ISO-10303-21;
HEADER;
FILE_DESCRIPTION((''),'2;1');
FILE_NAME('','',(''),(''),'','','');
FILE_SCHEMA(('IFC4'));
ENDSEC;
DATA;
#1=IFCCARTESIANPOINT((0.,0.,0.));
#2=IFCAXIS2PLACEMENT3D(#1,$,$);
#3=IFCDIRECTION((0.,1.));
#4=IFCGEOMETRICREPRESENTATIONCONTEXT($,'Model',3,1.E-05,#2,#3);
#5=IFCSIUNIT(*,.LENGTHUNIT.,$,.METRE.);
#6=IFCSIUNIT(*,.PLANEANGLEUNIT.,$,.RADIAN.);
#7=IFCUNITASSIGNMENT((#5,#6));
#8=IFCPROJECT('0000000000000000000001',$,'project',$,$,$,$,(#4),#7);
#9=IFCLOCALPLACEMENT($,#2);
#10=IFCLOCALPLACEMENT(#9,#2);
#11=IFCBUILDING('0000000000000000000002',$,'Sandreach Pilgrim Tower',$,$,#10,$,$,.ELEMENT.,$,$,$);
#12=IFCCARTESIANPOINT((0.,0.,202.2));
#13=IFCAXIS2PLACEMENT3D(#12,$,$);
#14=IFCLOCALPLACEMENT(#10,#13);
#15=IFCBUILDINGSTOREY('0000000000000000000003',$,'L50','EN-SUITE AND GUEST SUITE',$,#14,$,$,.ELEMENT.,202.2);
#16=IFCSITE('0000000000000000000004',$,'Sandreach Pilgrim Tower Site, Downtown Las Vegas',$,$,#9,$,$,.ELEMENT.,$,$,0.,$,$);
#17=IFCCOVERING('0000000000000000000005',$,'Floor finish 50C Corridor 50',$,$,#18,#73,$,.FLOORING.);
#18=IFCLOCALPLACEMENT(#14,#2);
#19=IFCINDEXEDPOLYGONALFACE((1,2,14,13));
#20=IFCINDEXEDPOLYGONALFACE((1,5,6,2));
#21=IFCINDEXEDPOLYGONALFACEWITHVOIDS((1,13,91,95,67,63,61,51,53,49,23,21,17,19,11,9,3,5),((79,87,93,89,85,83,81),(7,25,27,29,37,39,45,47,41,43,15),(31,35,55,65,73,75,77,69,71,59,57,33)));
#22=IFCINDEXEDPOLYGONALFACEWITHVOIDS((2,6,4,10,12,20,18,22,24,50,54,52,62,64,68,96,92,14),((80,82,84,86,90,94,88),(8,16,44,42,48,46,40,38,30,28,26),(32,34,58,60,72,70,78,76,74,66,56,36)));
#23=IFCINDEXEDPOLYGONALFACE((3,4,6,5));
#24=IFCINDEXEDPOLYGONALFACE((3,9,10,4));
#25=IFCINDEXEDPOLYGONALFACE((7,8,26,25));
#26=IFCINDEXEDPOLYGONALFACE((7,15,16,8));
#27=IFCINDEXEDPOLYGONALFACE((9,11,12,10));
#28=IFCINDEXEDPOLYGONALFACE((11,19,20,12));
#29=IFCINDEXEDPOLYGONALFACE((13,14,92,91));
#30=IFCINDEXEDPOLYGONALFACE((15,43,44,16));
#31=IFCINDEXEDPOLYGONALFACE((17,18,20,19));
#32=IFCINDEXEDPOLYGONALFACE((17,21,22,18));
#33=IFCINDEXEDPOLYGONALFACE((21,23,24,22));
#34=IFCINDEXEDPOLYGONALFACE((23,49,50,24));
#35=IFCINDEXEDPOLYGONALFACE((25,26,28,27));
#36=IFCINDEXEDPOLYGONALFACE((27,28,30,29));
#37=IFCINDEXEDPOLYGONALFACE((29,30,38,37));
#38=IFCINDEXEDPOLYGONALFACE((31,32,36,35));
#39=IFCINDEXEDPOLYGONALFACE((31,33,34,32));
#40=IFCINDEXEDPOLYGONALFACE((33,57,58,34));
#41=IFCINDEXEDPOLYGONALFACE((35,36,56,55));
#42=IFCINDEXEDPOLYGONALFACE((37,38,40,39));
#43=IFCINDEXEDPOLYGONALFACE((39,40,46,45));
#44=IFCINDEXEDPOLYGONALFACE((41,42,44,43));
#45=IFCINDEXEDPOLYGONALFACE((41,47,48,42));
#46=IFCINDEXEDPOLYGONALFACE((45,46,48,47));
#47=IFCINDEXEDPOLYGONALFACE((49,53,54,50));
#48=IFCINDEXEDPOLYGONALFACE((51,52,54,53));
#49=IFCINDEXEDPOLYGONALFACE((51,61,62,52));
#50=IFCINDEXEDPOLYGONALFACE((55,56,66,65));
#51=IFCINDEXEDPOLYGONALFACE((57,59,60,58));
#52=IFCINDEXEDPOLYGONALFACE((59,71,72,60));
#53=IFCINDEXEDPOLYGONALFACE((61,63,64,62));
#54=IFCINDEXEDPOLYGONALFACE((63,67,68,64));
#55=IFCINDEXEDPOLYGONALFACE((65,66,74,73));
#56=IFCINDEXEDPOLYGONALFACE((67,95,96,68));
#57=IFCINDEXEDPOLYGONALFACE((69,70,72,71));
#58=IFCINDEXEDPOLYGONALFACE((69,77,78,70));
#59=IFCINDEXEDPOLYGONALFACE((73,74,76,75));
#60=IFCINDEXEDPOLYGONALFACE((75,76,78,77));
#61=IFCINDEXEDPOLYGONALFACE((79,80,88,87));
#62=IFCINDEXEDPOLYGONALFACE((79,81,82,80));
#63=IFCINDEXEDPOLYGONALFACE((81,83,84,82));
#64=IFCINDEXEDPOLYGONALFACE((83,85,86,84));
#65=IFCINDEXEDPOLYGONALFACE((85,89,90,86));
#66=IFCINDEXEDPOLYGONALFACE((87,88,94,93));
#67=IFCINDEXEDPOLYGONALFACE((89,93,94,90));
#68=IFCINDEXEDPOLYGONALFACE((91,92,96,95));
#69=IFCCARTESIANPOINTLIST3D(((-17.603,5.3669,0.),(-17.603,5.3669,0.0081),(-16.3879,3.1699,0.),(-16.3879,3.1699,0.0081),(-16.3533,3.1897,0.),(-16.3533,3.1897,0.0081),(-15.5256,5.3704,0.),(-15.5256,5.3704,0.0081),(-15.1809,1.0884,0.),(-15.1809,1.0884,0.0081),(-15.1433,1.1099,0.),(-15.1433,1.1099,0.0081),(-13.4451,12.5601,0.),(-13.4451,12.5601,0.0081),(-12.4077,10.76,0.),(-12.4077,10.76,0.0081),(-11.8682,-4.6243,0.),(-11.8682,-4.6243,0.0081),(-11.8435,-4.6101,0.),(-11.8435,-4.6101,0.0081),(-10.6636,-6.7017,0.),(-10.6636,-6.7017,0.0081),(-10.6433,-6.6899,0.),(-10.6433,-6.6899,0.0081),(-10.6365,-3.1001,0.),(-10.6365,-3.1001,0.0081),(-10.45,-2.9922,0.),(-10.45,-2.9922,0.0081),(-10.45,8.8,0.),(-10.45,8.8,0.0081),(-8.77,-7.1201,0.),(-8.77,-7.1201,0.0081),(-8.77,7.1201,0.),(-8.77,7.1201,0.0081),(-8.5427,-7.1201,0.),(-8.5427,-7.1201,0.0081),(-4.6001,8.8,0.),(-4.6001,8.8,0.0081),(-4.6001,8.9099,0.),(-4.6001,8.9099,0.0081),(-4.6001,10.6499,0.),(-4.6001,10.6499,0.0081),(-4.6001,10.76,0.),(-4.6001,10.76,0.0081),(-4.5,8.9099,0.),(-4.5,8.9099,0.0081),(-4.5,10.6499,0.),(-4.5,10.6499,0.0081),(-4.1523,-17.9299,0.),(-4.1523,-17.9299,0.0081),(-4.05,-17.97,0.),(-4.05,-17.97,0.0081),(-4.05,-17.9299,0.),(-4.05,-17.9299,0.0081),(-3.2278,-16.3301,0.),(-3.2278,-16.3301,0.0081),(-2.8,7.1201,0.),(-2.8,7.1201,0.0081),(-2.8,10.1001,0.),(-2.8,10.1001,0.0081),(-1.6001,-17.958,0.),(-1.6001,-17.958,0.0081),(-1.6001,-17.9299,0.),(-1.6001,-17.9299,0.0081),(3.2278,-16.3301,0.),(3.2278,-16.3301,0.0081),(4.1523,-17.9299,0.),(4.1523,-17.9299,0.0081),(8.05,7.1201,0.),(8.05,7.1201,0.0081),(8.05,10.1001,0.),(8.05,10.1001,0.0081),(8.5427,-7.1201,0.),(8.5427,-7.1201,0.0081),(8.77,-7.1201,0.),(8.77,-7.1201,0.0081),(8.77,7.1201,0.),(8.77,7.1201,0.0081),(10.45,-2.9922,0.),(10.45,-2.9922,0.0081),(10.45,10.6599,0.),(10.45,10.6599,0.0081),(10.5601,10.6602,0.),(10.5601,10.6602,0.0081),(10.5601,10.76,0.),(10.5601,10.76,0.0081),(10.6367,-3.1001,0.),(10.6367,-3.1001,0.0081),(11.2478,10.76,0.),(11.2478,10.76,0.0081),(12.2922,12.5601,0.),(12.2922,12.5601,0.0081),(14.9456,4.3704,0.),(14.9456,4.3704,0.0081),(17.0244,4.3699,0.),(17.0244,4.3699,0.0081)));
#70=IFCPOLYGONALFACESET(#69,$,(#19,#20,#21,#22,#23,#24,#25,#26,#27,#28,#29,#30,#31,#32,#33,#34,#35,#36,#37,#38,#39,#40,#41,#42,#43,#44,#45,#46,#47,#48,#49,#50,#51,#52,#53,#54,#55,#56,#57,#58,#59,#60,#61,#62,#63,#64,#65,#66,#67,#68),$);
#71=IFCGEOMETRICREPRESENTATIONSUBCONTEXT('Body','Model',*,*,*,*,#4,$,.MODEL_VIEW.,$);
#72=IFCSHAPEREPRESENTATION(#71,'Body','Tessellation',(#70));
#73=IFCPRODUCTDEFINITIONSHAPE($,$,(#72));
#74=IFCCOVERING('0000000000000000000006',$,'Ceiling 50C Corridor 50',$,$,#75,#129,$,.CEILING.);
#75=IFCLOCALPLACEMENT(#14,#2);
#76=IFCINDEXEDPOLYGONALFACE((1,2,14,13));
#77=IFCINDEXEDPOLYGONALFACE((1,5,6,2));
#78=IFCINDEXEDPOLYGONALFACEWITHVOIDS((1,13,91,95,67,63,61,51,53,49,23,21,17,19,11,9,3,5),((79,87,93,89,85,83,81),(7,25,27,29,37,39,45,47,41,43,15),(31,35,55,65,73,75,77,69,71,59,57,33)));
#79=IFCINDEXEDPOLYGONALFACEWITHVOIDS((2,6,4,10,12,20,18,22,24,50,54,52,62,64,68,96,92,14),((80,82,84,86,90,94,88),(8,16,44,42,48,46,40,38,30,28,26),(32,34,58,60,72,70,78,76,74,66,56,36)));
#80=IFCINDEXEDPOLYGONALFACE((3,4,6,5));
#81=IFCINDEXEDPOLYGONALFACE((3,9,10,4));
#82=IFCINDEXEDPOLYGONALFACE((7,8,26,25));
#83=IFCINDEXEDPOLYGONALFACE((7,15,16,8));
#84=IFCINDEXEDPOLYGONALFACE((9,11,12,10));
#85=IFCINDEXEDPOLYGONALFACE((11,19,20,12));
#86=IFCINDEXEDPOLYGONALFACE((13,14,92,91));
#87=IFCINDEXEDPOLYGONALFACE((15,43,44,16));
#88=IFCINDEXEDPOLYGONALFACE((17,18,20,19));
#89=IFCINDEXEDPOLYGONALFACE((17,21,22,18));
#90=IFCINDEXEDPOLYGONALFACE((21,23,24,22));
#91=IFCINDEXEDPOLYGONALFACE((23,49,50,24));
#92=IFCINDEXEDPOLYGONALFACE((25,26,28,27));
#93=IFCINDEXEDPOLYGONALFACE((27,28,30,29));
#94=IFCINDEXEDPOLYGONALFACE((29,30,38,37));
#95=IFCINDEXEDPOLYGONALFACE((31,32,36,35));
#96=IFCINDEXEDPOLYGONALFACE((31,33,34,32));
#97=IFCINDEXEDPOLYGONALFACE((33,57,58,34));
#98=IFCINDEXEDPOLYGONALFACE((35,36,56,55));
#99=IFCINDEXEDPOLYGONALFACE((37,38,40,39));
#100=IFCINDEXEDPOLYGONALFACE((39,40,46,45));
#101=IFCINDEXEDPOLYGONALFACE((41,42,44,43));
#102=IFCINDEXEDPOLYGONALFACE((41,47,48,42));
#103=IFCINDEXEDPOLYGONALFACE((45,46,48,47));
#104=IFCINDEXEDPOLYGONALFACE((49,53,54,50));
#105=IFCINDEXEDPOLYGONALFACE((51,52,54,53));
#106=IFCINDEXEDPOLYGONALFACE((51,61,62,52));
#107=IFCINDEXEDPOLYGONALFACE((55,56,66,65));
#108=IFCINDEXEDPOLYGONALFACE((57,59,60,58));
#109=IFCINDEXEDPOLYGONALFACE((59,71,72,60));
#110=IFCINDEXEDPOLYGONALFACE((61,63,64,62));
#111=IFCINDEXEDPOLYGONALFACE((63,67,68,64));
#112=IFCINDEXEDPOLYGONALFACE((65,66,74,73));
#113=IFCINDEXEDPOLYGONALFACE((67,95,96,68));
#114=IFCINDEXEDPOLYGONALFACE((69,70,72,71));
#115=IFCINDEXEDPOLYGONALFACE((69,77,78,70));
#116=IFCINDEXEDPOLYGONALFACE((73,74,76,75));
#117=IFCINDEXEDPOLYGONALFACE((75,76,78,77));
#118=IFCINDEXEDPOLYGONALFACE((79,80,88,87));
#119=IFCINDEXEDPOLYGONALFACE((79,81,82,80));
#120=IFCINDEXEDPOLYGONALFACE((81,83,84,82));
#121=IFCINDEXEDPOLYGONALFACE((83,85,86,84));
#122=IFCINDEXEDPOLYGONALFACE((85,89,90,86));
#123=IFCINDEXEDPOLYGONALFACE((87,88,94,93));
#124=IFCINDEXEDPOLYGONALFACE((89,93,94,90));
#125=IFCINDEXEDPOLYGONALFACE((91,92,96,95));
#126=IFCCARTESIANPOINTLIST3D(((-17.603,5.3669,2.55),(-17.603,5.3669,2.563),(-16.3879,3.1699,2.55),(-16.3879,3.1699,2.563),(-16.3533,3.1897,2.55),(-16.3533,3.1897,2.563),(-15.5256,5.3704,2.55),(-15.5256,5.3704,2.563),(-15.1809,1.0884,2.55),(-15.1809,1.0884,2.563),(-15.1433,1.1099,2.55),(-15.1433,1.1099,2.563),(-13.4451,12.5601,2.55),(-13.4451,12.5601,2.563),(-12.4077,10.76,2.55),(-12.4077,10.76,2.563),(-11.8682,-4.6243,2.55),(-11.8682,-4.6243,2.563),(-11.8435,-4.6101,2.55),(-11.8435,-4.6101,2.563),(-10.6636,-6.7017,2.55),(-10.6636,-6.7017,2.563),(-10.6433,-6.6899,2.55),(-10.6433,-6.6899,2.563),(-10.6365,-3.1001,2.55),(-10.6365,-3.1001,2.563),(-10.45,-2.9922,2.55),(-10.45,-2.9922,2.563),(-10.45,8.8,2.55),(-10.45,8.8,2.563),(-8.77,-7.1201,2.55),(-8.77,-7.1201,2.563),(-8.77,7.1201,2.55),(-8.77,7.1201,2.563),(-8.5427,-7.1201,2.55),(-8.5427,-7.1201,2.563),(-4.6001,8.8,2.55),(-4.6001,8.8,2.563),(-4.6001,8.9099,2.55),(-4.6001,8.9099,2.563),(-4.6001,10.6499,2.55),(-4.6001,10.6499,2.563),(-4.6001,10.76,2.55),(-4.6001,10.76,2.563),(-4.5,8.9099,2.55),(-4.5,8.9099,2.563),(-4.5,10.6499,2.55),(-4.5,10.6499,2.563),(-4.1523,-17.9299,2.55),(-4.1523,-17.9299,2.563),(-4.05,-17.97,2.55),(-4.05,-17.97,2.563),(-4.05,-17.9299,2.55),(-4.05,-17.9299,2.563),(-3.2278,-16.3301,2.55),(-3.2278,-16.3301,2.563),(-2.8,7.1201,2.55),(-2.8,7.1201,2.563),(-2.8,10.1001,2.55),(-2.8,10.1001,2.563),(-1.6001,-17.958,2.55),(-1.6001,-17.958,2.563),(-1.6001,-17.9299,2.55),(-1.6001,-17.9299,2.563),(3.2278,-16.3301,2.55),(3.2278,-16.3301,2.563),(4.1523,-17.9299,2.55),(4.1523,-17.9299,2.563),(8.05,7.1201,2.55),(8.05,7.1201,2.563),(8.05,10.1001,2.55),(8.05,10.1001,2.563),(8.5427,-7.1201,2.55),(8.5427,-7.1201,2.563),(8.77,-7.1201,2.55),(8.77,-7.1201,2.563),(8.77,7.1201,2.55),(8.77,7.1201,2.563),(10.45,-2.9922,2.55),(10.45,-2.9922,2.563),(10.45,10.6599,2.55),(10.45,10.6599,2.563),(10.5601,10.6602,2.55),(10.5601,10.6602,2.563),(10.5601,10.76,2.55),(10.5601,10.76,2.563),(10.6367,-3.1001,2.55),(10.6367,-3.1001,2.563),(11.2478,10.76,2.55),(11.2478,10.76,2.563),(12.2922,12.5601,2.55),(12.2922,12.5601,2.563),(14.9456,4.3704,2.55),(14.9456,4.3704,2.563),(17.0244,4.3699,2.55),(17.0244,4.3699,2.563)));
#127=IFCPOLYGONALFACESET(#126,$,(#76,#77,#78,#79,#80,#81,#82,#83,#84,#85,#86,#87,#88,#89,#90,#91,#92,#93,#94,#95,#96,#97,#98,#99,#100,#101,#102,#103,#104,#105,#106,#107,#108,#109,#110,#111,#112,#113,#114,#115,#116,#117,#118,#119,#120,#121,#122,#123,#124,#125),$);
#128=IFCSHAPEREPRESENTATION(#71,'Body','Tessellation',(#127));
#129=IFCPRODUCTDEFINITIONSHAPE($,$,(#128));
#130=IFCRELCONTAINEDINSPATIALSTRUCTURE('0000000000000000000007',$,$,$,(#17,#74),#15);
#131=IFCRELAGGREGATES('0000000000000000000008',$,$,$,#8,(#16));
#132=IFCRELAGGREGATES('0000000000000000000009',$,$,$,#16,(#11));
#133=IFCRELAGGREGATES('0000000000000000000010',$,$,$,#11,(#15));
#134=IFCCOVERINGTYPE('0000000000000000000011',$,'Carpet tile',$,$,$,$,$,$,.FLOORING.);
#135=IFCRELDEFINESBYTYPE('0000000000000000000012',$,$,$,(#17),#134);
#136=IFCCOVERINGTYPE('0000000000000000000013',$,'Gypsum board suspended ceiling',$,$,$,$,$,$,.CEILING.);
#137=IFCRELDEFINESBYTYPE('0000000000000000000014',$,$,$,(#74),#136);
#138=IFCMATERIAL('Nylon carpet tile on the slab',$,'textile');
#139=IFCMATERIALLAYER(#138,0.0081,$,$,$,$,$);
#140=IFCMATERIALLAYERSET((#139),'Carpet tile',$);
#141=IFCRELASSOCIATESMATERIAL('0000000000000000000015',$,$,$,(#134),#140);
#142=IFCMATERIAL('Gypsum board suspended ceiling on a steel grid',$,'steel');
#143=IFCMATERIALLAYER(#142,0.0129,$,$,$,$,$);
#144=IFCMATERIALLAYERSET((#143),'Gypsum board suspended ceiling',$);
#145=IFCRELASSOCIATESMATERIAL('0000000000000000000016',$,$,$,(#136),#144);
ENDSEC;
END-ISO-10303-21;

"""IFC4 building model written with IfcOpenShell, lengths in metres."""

from ifc_helpers import new_model, si_unit, direction, frame, origin, place, context, subcontext, project, spatial, polyline, outline, extrude, material, layer, layer_set, type_object, element, save


model = new_model("IFC4")

# Units and contexts
model_context = context("Model", 3, precision=1e-05, world=origin(), true_north=direction((0.0, 1.0)))
body_context = subcontext(model_context, "Body", "Model", "MODEL_VIEW")
ifc_project = project(units=[si_unit("LENGTHUNIT", "METRE"), si_unit("PLANEANGLEUNIT", "RADIAN")], contexts=[model_context])

# Site, building, storey
site_placement = place(None, origin())
site = spatial("IfcSite", under=ifc_project, at=site_placement, Name="Sandreach Pilgrim Tower Site, Downtown Las Vegas", CompositionType="ELEMENT", RefElevation=0.0)
building_placement = place(site_placement, origin())
building = spatial("IfcBuilding", under=site, at=building_placement, Name="Sandreach Pilgrim Tower", CompositionType="ELEMENT")
storey_placement = place(building_placement, frame((0.0, 0.0, 202.2)))
storey = spatial("IfcBuildingStorey", under=building, at=storey_placement, Name="L50", Description="EN-SUITE AND GUEST SUITE", CompositionType="ELEMENT", Elevation=202.2)

# Coverings
ifc_material_1 = material(Name="Nylon carpet tile on the slab", Category="textile")
ifc_layer_1 = layer(ifc_material_1, 0.0081)
ifc_layer_set_1 = layer_set([ifc_layer_1], Name="Carpet tile")
covering_type_1 = type_object("IfcCoveringType", Name="Carpet tile", PredefinedType="FLOORING", material=ifc_layer_set_1)
covering_1_placement = place(storey_placement, origin())
element("IfcCovering", 1, at=covering_1_placement, inside=storey, type_object=covering_type_1, Name="Floor finish 50C Corridor 50", PredefinedType="FLOORING", context=body_context, shape_type="SweptSolid", body=[
    extrude(outline(polyline([(-13.4451, 12.5601), (12.2922, 12.5601), (17.0244, 4.3699), (4.1523, -17.9299), (-1.6001, -17.9299), (-1.6001, -17.958), (-4.05, -17.97), (-4.05, -17.9299), (-4.1523, -17.9299), (-10.6433, -6.6899), (-10.6636, -6.7017), (-11.8682, -4.6243), (-11.8435, -4.6101), (-15.1433, 1.1099), (-15.1809, 1.0884), (-16.3879, 3.1699), (-16.3533, 3.1897), (-17.603, 5.3669), (-13.4451, 12.5601)]), holes=[polyline([(10.45, 10.6599), (10.45, -2.9922), (10.6367, -3.1001), (14.9456, 4.3704), (11.2478, 10.76), (10.5601, 10.76), (10.5601, 10.6602), (10.45, 10.6599)]), polyline([(-3.2278, -16.3301), (3.2278, -16.3301), (8.5427, -7.1201), (8.77, -7.1201), (8.77, 7.1201), (8.05, 7.1201), (8.05, 10.1001), (-2.8, 10.1001), (-2.8, 7.1201), (-8.77, 7.1201), (-8.77, -7.1201), (-8.5427, -7.1201), (-3.2278, -16.3301)]), polyline([(-15.5256, 5.3704), (-10.6365, -3.1001), (-10.45, -2.9922), (-10.45, 8.8), (-4.6001, 8.8), (-4.6001, 8.9099), (-4.5, 8.9099), (-4.5, 10.6499), (-4.6001, 10.6499), (-4.6001, 10.76), (-12.4077, 10.76), (-15.5256, 5.3704)])]), origin(), (0.0, 0.0, 1.0), 0.0081),
])
ifc_material_2 = material(Name="Gypsum board suspended ceiling on a steel grid", Category="steel")
ifc_layer_2 = layer(ifc_material_2, 0.0129)
ifc_layer_set_2 = layer_set([ifc_layer_2], Name="Gypsum board suspended ceiling")
covering_type_2 = type_object("IfcCoveringType", Name="Gypsum board suspended ceiling", PredefinedType="CEILING", material=ifc_layer_set_2)
covering_2_placement = place(storey_placement, frame((0.0, 0.0, 2.55)))
element("IfcCovering", 2, at=covering_2_placement, inside=storey, type_object=covering_type_2, Name="Ceiling 50C Corridor 50", PredefinedType="CEILING", context=body_context, shape_type="SweptSolid", body=[
    extrude(outline(polyline([(-13.4451, 12.5601), (12.2922, 12.5601), (17.0244, 4.3699), (4.1523, -17.9299), (-1.6001, -17.9299), (-1.6001, -17.958), (-4.05, -17.97), (-4.05, -17.9299), (-4.1523, -17.9299), (-10.6433, -6.6899), (-10.6636, -6.7017), (-11.8682, -4.6243), (-11.8435, -4.6101), (-15.1433, 1.1099), (-15.1809, 1.0884), (-16.3879, 3.1699), (-16.3533, 3.1897), (-17.603, 5.3669), (-13.4451, 12.5601)]), holes=[polyline([(10.45, 10.6599), (10.45, -2.9922), (10.6367, -3.1001), (14.9456, 4.3704), (11.2478, 10.76), (10.5601, 10.76), (10.5601, 10.6602), (10.45, 10.6599)]), polyline([(-3.2278, -16.3301), (3.2278, -16.3301), (8.5427, -7.1201), (8.77, -7.1201), (8.77, 7.1201), (8.05, 7.1201), (8.05, 10.1001), (-2.8, 10.1001), (-2.8, 7.1201), (-8.77, 7.1201), (-8.77, -7.1201), (-8.5427, -7.1201), (-3.2278, -16.3301)]), polyline([(-15.5256, 5.3704), (-10.6365, -3.1001), (-10.45, -2.9922), (-10.45, 8.8), (-4.6001, 8.8), (-4.6001, 8.9099), (-4.5, 8.9099), (-4.5, 10.6499), (-4.6001, 10.6499), (-4.6001, 10.76), (-12.4077, 10.76), (-15.5256, 5.3704)])]), origin(), (0.0, 0.0, 1.0), 0.0129),
])

save(model, "model.ifc")
